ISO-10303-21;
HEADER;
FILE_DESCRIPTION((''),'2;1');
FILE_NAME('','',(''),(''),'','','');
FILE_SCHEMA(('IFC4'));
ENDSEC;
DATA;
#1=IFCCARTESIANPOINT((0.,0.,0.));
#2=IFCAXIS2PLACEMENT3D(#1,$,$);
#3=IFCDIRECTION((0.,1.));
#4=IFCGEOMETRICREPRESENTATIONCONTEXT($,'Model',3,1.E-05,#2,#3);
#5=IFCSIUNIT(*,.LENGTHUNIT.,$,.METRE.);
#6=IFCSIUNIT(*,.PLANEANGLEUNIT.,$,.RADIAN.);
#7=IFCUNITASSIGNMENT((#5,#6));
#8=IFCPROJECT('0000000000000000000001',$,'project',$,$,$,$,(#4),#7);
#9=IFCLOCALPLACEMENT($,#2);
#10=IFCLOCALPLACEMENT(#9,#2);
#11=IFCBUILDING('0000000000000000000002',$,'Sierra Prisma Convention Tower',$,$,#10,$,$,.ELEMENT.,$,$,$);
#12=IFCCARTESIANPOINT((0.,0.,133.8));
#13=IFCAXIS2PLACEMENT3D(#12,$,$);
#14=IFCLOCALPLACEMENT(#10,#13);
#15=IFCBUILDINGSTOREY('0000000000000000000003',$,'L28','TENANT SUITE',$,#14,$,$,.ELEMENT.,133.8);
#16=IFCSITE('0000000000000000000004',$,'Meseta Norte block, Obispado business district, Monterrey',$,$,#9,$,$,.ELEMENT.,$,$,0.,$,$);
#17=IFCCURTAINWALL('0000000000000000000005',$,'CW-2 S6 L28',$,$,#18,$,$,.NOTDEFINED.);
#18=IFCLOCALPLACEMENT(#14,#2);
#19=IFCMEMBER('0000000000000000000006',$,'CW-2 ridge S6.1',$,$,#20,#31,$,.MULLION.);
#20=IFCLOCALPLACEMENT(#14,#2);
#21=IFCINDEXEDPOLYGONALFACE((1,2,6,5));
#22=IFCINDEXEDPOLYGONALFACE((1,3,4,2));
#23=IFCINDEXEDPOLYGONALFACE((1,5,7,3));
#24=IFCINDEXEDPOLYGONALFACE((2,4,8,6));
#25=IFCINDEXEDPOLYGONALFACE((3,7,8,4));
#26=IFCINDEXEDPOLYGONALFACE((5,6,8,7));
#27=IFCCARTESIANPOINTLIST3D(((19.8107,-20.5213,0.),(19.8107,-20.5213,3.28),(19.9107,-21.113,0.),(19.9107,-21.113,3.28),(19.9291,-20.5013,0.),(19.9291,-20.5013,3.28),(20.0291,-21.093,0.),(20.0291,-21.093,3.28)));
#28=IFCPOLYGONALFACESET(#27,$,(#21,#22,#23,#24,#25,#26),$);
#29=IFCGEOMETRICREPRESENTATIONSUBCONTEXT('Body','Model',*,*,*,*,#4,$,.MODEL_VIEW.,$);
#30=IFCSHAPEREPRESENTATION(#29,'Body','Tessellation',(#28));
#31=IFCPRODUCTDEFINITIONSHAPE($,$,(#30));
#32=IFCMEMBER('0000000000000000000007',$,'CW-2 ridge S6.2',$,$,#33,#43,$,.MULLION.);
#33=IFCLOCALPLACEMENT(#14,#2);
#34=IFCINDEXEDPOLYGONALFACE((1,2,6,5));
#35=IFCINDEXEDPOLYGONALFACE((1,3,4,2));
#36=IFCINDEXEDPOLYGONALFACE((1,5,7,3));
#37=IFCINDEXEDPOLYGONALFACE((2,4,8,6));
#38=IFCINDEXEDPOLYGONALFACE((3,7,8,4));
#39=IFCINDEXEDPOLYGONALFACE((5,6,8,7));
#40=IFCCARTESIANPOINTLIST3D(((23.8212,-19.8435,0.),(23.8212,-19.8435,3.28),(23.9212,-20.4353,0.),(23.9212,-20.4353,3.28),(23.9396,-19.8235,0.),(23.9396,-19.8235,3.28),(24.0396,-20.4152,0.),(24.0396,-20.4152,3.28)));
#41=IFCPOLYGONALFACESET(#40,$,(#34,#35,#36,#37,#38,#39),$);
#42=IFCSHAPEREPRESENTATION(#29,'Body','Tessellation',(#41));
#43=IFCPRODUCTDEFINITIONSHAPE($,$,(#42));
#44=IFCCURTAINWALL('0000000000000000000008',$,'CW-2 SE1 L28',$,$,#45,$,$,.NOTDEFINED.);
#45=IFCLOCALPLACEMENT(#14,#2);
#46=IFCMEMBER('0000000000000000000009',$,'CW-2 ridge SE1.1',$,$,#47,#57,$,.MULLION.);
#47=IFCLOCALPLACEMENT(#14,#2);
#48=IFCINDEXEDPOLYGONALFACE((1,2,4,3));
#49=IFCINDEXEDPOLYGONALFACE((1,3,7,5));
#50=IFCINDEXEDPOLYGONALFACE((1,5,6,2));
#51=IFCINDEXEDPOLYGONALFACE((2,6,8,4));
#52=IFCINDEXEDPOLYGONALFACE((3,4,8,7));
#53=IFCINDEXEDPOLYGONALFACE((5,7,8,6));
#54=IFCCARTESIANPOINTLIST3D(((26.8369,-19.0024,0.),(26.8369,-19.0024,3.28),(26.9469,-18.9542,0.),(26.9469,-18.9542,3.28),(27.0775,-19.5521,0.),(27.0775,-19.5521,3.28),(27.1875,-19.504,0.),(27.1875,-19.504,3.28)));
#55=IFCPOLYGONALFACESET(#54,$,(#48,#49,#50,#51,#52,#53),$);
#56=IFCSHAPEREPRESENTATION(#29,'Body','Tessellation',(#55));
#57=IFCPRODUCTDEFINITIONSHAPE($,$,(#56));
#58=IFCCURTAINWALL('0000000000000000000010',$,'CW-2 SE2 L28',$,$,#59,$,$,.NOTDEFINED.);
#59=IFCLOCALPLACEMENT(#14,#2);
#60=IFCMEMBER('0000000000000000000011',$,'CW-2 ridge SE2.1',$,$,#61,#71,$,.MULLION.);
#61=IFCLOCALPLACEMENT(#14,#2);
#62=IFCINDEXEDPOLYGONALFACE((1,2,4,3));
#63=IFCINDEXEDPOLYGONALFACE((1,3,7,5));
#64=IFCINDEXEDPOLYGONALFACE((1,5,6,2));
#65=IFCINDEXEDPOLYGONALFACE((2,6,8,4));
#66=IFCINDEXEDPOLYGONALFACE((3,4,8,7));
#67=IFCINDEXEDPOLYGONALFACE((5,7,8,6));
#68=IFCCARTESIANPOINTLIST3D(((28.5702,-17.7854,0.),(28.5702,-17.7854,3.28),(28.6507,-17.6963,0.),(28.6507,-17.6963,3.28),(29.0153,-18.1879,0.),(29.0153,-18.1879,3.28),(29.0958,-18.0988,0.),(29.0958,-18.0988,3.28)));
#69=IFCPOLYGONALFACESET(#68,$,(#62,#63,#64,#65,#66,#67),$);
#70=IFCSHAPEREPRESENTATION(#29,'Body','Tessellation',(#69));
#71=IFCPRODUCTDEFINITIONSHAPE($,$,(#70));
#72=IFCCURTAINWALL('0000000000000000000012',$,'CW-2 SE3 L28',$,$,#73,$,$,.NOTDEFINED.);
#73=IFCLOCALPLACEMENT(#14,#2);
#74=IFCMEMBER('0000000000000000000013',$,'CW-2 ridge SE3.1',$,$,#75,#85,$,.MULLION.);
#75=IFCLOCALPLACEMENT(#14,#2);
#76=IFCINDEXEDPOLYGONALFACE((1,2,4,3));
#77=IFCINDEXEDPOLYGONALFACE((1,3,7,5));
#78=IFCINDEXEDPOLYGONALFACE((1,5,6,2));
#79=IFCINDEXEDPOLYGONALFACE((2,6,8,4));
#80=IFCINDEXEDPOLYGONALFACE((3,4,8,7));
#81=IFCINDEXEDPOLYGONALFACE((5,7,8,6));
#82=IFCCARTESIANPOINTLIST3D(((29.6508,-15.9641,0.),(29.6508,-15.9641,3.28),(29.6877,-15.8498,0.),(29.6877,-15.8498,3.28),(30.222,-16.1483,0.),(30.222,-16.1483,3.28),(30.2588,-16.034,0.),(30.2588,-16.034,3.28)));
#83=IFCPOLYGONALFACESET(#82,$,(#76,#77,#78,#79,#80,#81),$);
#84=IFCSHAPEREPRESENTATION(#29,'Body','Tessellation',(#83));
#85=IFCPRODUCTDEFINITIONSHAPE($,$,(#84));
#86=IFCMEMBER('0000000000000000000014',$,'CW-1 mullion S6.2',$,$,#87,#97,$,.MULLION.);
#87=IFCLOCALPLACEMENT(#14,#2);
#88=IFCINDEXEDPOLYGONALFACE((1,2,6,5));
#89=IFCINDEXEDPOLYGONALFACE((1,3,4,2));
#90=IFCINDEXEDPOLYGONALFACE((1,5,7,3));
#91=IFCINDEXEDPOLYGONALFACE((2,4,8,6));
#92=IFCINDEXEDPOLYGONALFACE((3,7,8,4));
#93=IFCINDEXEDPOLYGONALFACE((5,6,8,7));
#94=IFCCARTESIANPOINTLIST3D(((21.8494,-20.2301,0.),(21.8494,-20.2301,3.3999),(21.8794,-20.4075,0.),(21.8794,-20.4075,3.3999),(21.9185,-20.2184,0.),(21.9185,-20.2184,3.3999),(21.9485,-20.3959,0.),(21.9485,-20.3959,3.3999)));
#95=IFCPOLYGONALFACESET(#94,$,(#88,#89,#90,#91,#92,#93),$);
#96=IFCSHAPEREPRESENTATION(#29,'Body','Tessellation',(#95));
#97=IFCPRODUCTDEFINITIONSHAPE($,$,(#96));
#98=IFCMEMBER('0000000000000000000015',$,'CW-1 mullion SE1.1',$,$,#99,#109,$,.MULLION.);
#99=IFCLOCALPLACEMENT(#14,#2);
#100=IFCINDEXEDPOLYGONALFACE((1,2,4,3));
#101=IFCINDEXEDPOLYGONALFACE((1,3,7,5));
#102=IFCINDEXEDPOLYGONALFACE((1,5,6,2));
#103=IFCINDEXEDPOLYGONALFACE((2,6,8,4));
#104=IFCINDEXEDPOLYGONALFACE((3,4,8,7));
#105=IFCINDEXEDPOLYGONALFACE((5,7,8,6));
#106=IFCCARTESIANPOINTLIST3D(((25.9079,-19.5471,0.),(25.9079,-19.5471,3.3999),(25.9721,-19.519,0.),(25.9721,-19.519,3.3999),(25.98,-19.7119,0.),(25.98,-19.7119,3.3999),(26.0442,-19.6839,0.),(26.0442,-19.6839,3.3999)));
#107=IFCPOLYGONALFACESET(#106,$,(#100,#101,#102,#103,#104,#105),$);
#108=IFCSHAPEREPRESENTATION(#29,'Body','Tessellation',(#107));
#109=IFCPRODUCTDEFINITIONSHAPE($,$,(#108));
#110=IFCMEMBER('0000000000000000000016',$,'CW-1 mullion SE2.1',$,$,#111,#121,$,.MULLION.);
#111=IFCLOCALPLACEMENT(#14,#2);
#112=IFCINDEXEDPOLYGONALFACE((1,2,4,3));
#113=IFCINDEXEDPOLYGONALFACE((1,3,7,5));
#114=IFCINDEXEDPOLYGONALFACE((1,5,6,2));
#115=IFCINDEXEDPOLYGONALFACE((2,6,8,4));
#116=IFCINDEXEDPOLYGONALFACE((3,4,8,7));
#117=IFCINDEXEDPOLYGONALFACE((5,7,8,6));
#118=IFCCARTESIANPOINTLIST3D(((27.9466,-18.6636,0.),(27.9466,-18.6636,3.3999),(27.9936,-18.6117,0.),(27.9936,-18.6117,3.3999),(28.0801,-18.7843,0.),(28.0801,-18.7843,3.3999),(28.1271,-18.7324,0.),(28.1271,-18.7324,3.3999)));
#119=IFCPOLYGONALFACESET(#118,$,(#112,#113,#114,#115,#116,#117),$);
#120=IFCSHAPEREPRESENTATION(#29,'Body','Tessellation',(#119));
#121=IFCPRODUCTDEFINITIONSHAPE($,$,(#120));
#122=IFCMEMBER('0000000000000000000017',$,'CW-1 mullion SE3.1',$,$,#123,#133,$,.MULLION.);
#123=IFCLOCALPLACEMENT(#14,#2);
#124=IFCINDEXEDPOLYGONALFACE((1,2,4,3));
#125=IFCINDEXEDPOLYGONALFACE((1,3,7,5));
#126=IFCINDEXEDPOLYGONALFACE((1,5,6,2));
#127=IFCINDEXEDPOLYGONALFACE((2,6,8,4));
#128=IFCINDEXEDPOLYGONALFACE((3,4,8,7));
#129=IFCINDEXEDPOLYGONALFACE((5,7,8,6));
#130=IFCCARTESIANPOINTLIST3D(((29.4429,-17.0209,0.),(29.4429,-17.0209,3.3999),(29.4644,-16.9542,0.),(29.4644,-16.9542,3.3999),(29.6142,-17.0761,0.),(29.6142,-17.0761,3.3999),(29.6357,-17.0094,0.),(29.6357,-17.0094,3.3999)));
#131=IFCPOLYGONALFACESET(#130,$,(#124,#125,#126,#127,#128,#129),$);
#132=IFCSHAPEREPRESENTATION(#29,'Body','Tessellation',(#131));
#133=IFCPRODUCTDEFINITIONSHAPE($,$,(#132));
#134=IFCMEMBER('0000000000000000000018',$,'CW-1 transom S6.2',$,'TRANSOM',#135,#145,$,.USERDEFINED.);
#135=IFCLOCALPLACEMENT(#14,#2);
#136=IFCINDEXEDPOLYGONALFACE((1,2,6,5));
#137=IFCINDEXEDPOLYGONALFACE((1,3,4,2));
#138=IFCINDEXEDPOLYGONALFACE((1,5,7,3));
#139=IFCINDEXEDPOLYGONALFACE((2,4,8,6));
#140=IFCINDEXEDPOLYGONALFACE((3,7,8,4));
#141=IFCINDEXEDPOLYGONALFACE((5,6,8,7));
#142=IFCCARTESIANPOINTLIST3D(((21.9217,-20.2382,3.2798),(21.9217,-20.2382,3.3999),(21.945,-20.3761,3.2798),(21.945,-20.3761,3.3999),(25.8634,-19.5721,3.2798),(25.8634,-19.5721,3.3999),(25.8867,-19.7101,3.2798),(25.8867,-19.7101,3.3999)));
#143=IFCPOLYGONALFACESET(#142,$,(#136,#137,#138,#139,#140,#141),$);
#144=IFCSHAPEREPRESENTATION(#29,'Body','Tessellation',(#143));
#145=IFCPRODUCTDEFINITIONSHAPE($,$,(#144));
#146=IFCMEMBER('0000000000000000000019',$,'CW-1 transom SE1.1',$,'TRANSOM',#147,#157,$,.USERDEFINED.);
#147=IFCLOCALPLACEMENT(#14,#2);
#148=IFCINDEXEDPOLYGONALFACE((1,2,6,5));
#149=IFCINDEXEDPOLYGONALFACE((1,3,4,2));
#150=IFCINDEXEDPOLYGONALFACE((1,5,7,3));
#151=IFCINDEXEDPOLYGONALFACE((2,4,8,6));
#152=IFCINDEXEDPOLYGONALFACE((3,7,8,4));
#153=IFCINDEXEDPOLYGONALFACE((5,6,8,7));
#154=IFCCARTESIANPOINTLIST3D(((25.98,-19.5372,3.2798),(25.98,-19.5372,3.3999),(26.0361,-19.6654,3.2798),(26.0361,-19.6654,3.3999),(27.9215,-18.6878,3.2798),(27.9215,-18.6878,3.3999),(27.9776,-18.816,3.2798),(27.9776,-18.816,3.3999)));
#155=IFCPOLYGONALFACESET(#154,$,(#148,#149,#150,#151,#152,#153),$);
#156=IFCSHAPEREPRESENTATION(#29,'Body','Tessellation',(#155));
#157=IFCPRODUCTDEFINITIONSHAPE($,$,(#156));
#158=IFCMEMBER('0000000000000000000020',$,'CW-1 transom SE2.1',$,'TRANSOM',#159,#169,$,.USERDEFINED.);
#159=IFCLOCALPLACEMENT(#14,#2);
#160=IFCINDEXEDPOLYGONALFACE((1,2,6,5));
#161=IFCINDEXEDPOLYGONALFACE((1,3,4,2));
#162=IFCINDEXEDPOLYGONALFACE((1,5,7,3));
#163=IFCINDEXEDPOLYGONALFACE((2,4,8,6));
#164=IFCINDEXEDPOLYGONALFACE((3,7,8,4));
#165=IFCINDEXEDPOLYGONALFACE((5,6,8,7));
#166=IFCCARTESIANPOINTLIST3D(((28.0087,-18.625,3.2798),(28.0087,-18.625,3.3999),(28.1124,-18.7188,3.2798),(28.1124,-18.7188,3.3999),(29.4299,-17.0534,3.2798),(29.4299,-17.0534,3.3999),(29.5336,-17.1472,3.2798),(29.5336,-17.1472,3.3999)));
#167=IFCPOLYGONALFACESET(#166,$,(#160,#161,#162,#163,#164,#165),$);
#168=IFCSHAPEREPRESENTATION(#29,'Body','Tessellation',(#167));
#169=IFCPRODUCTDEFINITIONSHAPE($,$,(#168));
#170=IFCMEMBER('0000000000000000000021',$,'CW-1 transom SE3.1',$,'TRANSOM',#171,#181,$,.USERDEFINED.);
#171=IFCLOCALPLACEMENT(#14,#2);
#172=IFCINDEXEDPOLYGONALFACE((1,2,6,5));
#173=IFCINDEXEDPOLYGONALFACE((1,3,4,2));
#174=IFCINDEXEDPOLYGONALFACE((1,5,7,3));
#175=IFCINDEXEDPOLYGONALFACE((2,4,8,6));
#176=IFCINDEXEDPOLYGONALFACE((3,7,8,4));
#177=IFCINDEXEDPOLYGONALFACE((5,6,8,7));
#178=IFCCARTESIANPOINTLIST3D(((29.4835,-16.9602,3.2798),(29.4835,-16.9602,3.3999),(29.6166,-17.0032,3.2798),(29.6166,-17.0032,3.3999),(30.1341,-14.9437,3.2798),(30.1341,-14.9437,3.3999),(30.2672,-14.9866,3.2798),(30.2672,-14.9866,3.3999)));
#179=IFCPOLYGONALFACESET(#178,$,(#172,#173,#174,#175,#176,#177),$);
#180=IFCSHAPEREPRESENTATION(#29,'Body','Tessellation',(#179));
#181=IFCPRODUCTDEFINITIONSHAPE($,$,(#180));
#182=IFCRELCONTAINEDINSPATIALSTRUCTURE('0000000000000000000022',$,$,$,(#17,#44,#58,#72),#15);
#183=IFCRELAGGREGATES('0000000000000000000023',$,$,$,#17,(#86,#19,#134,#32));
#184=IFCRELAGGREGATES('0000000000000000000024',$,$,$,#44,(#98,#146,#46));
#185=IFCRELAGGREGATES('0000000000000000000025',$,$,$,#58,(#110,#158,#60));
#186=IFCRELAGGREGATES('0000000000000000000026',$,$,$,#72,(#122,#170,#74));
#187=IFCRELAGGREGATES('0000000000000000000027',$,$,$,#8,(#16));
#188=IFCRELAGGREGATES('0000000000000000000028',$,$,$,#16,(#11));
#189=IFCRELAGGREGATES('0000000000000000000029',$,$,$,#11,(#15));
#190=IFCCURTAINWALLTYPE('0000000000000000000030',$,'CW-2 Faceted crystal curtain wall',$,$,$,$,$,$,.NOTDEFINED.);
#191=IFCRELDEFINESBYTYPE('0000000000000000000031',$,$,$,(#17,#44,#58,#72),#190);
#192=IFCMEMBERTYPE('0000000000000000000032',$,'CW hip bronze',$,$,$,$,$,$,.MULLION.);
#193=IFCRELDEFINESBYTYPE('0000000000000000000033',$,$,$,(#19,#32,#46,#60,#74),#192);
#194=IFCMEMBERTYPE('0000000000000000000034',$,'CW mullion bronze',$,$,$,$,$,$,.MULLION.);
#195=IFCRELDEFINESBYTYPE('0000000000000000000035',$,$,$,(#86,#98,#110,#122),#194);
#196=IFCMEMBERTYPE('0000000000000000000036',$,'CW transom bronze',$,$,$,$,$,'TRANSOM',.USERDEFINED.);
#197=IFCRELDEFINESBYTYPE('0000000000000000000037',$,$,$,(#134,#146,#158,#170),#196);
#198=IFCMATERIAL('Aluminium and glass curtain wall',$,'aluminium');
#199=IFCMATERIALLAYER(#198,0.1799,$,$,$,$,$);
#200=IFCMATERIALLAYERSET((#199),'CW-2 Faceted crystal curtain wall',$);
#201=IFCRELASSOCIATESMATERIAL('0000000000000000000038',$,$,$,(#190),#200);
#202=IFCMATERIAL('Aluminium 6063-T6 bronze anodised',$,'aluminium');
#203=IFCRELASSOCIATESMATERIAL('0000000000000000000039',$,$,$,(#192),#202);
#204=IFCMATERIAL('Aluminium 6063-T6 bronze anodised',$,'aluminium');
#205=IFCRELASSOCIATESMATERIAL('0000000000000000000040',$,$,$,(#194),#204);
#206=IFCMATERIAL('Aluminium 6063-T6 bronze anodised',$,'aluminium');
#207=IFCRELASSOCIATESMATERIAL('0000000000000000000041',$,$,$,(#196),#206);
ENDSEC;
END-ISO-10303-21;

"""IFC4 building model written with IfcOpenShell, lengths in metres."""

from ifc_helpers import new_model, si_unit, direction, frame, origin, origin_2d, place, context, subcontext, project, spatial, rectangle, extrude, material, layer, layer_set, material_profile, profile_set, type_object, element, aggregate, save


model = new_model("IFC4")

# Units and contexts
model_context = context("Model", 3, precision=1e-05, world=origin(), true_north=direction((0.0, 1.0)))
body_context = subcontext(model_context, "Body", "Model", "MODEL_VIEW")
ifc_project = project(units=[si_unit("LENGTHUNIT", "METRE"), si_unit("PLANEANGLEUNIT", "RADIAN")], contexts=[model_context])

# Site, building, storey
site_placement = place(None, origin())
site = spatial("IfcSite", under=ifc_project, at=site_placement, Name="Meseta Norte block, Obispado business district, Monterrey", CompositionType="ELEMENT", RefElevation=0.0)
building_placement = place(site_placement, origin())
building = spatial("IfcBuilding", under=site, at=building_placement, Name="Sierra Prisma Convention Tower", CompositionType="ELEMENT")
storey_placement = place(building_placement, frame((0.0, 0.0, 133.8)))
storey = spatial("IfcBuildingStorey", under=building, at=storey_placement, Name="L28", Description="TENANT SUITE", CompositionType="ELEMENT", Elevation=133.8)

# Curtain wall, members
ifc_material_1 = material(Name="Aluminium and glass curtain wall", Category="aluminium")
ifc_layer_1 = layer(ifc_material_1, 0.1799)
ifc_layer_set_1 = layer_set([ifc_layer_1], Name="CW-2 Faceted crystal curtain wall")
curtain_wall_type = type_object("IfcCurtainWallType", Name="CW-2 Faceted crystal curtain wall", PredefinedType="NOTDEFINED", material=ifc_layer_set_1)
curtain_wall_1_placement = place(storey_placement, origin())
curtain_wall_1 = element("IfcCurtainWall", 1, at=curtain_wall_1_placement, inside=storey, type_object=curtain_wall_type, Name="CW-2 S6 L28", PredefinedType="NOTDEFINED")
ifc_material_2 = material(Name="Aluminium 6063-T6 bronze anodised", Category="aluminium")
ifc_material_profile_1 = material_profile(ifc_material_2, rectangle(XDim=0.1201, YDim=0.6001, at=origin_2d()), Name="ALU RIDGE BLADE 120x600")
ifc_profile_set_1 = profile_set([ifc_material_profile_1], Name="Aluminium 6063-T6 bronze anodised")
member_type_1 = type_object("IfcMemberType", Name="CW hip bronze", PredefinedType="MULLION", material=ifc_profile_set_1)
member_1_placement = place(storey_placement, frame((19.9199, -20.8071, 0.0), z_axis=(0.0, 0.0, 1.0), x_axis=(0.986019, 0.166632, 0.0)))
member_1 = element("IfcMember", 2, at=member_1_placement, type_object=member_type_1, Name="CW-2 ridge S6.1", PredefinedType="MULLION", context=body_context, shape_type="SweptSolid", body=[
    extrude(rectangle(XDim=0.1201, YDim=0.6001, at=origin_2d()), origin(), (0.0, 0.0, 1.0), 3.28),
])
member_2_placement = place(storey_placement, frame((23.9304, -20.1294, 0.0), z_axis=(0.0, 0.0, 1.0), x_axis=(0.986019, 0.166632, 0.0)))
member_2 = element("IfcMember", 3, at=member_2_placement, type_object=member_type_1, Name="CW-2 ridge S6.2", PredefinedType="MULLION", context=body_context, shape_type="SweptSolid", body=[
    extrude(rectangle(XDim=0.1201, YDim=0.6001, at=origin_2d()), origin(), (0.0, 0.0, 1.0), 3.28),
])

# Curtain walls, members
curtain_wall_2_placement = place(storey_placement, origin())
curtain_wall_2 = element("IfcCurtainWall", 4, at=curtain_wall_2_placement, inside=storey, type_object=curtain_wall_type, Name="CW-2 SE1 L28", PredefinedType="NOTDEFINED")
member_3_placement = place(storey_placement, frame((27.0122, -19.2532, 0.0), z_axis=(0.0, 0.0, 1.0), x_axis=(0.916133, 0.400874, 0.0)))
member_3 = element("IfcMember", 5, at=member_3_placement, type_object=member_type_1, Name="CW-2 ridge SE1.1", PredefinedType="MULLION", context=body_context, shape_type="SweptSolid", body=[
    extrude(rectangle(XDim=0.1201, YDim=0.6001, at=origin_2d()), origin(), (0.0, 0.0, 1.0), 3.28),
])
curtain_wall_3_placement = place(storey_placement, origin())
curtain_wall_3 = element("IfcCurtainWall", 6, at=curtain_wall_3_placement, inside=storey, type_object=curtain_wall_type, Name="CW-2 SE2 L28", PredefinedType="NOTDEFINED")
member_4_placement = place(storey_placement, frame((28.833, -17.9421, 0.0), z_axis=(0.0, 0.0, 1.0), x_axis=(0.670717, 0.741714, 0.0)))
member_4 = element("IfcMember", 7, at=member_4_placement, type_object=member_type_1, Name="CW-2 ridge SE2.1", PredefinedType="MULLION", context=body_context, shape_type="SweptSolid", body=[
    extrude(rectangle(XDim=0.1201, YDim=0.6001, at=origin_2d()), origin(), (0.0, 0.0, 1.0), 3.28),
])
curtain_wall_4_placement = place(storey_placement, origin())
curtain_wall_4 = element("IfcCurtainWall", 8, at=curtain_wall_4_placement, inside=storey, type_object=curtain_wall_type, Name="CW-2 SE3 L28", PredefinedType="NOTDEFINED")
member_5_placement = place(storey_placement, frame((29.9548, -15.999, 0.0), z_axis=(0.0, 0.0, 1.0), x_axis=(0.306985, 0.951714, 0.0)))
member_5 = element("IfcMember", 9, at=member_5_placement, type_object=member_type_1, Name="CW-2 ridge SE3.1", PredefinedType="MULLION", context=body_context, shape_type="SweptSolid", body=[
    extrude(rectangle(XDim=0.1201, YDim=0.6001, at=origin_2d()), origin(), (0.0, 0.0, 1.0), 3.28),
])

# Members
ifc_material_3 = material(Name="Aluminium 6063-T6 bronze anodised", Category="aluminium")
ifc_material_profile_2 = material_profile(ifc_material_3, rectangle(XDim=0.1799, YDim=0.0701, at=origin_2d()), Name="ALU MULLION 70x180")
ifc_profile_set_2 = profile_set([ifc_material_profile_2], Name="Aluminium 6063-T6 bronze anodised")
member_type_2 = type_object("IfcMemberType", Name="CW mullion bronze", PredefinedType="MULLION", material=ifc_profile_set_2)
member_6_placement = place(storey_placement, frame((21.8989, -20.313, 0.0), z_axis=(0.0, 0.0, 1.0), x_axis=(-0.166632, 0.986019, 0.0)))
member_6 = element("IfcMember", 10, at=member_6_placement, type_object=member_type_2, Name="CW-1 mullion S6.2", PredefinedType="MULLION", context=body_context, shape_type="SweptSolid", body=[
    extrude(rectangle(XDim=0.1799, YDim=0.0701, at=origin_2d()), origin(), (0.0, 0.0, 1.0), 3.3999),
])
member_7_placement = place(storey_placement, frame((25.9761, -19.6155, 0.0), z_axis=(0.0, 0.0, 1.0), x_axis=(-0.400874, 0.916133, 0.0)))
member_7 = element("IfcMember", 11, at=member_7_placement, type_object=member_type_2, Name="CW-1 mullion SE1.1", PredefinedType="MULLION", context=body_context, shape_type="SweptSolid", body=[
    extrude(rectangle(XDim=0.1799, YDim=0.0701, at=origin_2d()), origin(), (0.0, 0.0, 1.0), 3.3999),
])
member_8_placement = place(storey_placement, frame((28.0369, -18.698, 0.0), z_axis=(0.0, 0.0, 1.0), x_axis=(-0.741714, 0.670717, 0.0)))
member_8 = element("IfcMember", 12, at=member_8_placement, type_object=member_type_2, Name="CW-1 mullion SE2.1", PredefinedType="MULLION", context=body_context, shape_type="SweptSolid", body=[
    extrude(rectangle(XDim=0.1799, YDim=0.0701, at=origin_2d()), origin(), (0.0, 0.0, 1.0), 3.3999),
])
member_9_placement = place(storey_placement, frame((29.5393, -17.0151, 0.0), z_axis=(0.0, 0.0, 1.0), x_axis=(-0.951714, 0.306985, 0.0)))
member_9 = element("IfcMember", 13, at=member_9_placement, type_object=member_type_2, Name="CW-1 mullion SE3.1", PredefinedType="MULLION", context=body_context, shape_type="SweptSolid", body=[
    extrude(rectangle(XDim=0.1799, YDim=0.0701, at=origin_2d()), origin(), (0.0, 0.0, 1.0), 3.3999),
])
ifc_material_4 = material(Name="Aluminium 6063-T6 bronze anodised", Category="aluminium")
ifc_material_profile_3 = material_profile(ifc_material_4, rectangle(XDim=0.1399, YDim=0.1201, at=origin_2d()), Name="ALU TRANSOM 120x140")
ifc_profile_set_3 = profile_set([ifc_material_profile_3], Name="Aluminium 6063-T6 bronze anodised")
member_type_3 = type_object("IfcMemberType", Name="CW transom bronze", ElementType="TRANSOM", PredefinedType="USERDEFINED", material=ifc_profile_set_3)
member_10_placement = place(storey_placement, frame((21.9333, -20.3071, 3.3398), z_axis=(0.986023, 0.166607, 0.0), x_axis=(-0.166607, 0.986023, 0.0)))
member_10 = element("IfcMember", 14, at=member_10_placement, type_object=member_type_3, Name="CW-1 transom S6.2", ObjectType="TRANSOM", PredefinedType="USERDEFINED", context=body_context, shape_type="SweptSolid", body=[
    extrude(rectangle(XDim=0.1399, YDim=0.1201, at=origin_2d()), origin(), (0.0, 0.0, 1.0), 3.9976),
])
member_11_placement = place(storey_placement, frame((26.0081, -19.6013, 3.3398), z_axis=(0.916157, 0.400819, 0.0), x_axis=(-0.400819, 0.916157, 0.0)))
member_11 = element("IfcMember", 15, at=member_11_placement, type_object=member_type_3, Name="CW-1 transom SE1.1", ObjectType="TRANSOM", PredefinedType="USERDEFINED", context=body_context, shape_type="SweptSolid", body=[
    extrude(rectangle(XDim=0.1399, YDim=0.1201, at=origin_2d()), origin(), (0.0, 0.0, 1.0), 2.1191),
])
member_12_placement = place(storey_placement, frame((28.0605, -18.6719, 3.3398), z_axis=(0.670726, 0.741705, 0.0), x_axis=(-0.741705, 0.670726, 0.0)))
member_12 = element("IfcMember", 16, at=member_12_placement, type_object=member_type_3, Name="CW-1 transom SE2.1", ObjectType="TRANSOM", PredefinedType="USERDEFINED", context=body_context, shape_type="SweptSolid", body=[
    extrude(rectangle(XDim=0.1399, YDim=0.1201, at=origin_2d()), origin(), (0.0, 0.0, 1.0), 2.1189),
])
member_13_placement = place(storey_placement, frame((29.55, -16.9817, 3.3398), z_axis=(0.307053, 0.951692, 0.0), x_axis=(-0.951692, 0.307053, 0.0)))
member_13 = element("IfcMember", 17, at=member_13_placement, type_object=member_type_3, Name="CW-1 transom SE3.1", ObjectType="TRANSOM", PredefinedType="USERDEFINED", context=body_context, shape_type="SweptSolid", body=[
    extrude(rectangle(XDim=0.1399, YDim=0.1201, at=origin_2d()), origin(), (0.0, 0.0, 1.0), 2.1189),
])

aggregate(curtain_wall_1, [member_6, member_1, member_10, member_2])
aggregate(curtain_wall_2, [member_7, member_11, member_3])
aggregate(curtain_wall_3, [member_8, member_12, member_4])
aggregate(curtain_wall_4, [member_9, member_13, member_5])

save(model, "model.ifc")
